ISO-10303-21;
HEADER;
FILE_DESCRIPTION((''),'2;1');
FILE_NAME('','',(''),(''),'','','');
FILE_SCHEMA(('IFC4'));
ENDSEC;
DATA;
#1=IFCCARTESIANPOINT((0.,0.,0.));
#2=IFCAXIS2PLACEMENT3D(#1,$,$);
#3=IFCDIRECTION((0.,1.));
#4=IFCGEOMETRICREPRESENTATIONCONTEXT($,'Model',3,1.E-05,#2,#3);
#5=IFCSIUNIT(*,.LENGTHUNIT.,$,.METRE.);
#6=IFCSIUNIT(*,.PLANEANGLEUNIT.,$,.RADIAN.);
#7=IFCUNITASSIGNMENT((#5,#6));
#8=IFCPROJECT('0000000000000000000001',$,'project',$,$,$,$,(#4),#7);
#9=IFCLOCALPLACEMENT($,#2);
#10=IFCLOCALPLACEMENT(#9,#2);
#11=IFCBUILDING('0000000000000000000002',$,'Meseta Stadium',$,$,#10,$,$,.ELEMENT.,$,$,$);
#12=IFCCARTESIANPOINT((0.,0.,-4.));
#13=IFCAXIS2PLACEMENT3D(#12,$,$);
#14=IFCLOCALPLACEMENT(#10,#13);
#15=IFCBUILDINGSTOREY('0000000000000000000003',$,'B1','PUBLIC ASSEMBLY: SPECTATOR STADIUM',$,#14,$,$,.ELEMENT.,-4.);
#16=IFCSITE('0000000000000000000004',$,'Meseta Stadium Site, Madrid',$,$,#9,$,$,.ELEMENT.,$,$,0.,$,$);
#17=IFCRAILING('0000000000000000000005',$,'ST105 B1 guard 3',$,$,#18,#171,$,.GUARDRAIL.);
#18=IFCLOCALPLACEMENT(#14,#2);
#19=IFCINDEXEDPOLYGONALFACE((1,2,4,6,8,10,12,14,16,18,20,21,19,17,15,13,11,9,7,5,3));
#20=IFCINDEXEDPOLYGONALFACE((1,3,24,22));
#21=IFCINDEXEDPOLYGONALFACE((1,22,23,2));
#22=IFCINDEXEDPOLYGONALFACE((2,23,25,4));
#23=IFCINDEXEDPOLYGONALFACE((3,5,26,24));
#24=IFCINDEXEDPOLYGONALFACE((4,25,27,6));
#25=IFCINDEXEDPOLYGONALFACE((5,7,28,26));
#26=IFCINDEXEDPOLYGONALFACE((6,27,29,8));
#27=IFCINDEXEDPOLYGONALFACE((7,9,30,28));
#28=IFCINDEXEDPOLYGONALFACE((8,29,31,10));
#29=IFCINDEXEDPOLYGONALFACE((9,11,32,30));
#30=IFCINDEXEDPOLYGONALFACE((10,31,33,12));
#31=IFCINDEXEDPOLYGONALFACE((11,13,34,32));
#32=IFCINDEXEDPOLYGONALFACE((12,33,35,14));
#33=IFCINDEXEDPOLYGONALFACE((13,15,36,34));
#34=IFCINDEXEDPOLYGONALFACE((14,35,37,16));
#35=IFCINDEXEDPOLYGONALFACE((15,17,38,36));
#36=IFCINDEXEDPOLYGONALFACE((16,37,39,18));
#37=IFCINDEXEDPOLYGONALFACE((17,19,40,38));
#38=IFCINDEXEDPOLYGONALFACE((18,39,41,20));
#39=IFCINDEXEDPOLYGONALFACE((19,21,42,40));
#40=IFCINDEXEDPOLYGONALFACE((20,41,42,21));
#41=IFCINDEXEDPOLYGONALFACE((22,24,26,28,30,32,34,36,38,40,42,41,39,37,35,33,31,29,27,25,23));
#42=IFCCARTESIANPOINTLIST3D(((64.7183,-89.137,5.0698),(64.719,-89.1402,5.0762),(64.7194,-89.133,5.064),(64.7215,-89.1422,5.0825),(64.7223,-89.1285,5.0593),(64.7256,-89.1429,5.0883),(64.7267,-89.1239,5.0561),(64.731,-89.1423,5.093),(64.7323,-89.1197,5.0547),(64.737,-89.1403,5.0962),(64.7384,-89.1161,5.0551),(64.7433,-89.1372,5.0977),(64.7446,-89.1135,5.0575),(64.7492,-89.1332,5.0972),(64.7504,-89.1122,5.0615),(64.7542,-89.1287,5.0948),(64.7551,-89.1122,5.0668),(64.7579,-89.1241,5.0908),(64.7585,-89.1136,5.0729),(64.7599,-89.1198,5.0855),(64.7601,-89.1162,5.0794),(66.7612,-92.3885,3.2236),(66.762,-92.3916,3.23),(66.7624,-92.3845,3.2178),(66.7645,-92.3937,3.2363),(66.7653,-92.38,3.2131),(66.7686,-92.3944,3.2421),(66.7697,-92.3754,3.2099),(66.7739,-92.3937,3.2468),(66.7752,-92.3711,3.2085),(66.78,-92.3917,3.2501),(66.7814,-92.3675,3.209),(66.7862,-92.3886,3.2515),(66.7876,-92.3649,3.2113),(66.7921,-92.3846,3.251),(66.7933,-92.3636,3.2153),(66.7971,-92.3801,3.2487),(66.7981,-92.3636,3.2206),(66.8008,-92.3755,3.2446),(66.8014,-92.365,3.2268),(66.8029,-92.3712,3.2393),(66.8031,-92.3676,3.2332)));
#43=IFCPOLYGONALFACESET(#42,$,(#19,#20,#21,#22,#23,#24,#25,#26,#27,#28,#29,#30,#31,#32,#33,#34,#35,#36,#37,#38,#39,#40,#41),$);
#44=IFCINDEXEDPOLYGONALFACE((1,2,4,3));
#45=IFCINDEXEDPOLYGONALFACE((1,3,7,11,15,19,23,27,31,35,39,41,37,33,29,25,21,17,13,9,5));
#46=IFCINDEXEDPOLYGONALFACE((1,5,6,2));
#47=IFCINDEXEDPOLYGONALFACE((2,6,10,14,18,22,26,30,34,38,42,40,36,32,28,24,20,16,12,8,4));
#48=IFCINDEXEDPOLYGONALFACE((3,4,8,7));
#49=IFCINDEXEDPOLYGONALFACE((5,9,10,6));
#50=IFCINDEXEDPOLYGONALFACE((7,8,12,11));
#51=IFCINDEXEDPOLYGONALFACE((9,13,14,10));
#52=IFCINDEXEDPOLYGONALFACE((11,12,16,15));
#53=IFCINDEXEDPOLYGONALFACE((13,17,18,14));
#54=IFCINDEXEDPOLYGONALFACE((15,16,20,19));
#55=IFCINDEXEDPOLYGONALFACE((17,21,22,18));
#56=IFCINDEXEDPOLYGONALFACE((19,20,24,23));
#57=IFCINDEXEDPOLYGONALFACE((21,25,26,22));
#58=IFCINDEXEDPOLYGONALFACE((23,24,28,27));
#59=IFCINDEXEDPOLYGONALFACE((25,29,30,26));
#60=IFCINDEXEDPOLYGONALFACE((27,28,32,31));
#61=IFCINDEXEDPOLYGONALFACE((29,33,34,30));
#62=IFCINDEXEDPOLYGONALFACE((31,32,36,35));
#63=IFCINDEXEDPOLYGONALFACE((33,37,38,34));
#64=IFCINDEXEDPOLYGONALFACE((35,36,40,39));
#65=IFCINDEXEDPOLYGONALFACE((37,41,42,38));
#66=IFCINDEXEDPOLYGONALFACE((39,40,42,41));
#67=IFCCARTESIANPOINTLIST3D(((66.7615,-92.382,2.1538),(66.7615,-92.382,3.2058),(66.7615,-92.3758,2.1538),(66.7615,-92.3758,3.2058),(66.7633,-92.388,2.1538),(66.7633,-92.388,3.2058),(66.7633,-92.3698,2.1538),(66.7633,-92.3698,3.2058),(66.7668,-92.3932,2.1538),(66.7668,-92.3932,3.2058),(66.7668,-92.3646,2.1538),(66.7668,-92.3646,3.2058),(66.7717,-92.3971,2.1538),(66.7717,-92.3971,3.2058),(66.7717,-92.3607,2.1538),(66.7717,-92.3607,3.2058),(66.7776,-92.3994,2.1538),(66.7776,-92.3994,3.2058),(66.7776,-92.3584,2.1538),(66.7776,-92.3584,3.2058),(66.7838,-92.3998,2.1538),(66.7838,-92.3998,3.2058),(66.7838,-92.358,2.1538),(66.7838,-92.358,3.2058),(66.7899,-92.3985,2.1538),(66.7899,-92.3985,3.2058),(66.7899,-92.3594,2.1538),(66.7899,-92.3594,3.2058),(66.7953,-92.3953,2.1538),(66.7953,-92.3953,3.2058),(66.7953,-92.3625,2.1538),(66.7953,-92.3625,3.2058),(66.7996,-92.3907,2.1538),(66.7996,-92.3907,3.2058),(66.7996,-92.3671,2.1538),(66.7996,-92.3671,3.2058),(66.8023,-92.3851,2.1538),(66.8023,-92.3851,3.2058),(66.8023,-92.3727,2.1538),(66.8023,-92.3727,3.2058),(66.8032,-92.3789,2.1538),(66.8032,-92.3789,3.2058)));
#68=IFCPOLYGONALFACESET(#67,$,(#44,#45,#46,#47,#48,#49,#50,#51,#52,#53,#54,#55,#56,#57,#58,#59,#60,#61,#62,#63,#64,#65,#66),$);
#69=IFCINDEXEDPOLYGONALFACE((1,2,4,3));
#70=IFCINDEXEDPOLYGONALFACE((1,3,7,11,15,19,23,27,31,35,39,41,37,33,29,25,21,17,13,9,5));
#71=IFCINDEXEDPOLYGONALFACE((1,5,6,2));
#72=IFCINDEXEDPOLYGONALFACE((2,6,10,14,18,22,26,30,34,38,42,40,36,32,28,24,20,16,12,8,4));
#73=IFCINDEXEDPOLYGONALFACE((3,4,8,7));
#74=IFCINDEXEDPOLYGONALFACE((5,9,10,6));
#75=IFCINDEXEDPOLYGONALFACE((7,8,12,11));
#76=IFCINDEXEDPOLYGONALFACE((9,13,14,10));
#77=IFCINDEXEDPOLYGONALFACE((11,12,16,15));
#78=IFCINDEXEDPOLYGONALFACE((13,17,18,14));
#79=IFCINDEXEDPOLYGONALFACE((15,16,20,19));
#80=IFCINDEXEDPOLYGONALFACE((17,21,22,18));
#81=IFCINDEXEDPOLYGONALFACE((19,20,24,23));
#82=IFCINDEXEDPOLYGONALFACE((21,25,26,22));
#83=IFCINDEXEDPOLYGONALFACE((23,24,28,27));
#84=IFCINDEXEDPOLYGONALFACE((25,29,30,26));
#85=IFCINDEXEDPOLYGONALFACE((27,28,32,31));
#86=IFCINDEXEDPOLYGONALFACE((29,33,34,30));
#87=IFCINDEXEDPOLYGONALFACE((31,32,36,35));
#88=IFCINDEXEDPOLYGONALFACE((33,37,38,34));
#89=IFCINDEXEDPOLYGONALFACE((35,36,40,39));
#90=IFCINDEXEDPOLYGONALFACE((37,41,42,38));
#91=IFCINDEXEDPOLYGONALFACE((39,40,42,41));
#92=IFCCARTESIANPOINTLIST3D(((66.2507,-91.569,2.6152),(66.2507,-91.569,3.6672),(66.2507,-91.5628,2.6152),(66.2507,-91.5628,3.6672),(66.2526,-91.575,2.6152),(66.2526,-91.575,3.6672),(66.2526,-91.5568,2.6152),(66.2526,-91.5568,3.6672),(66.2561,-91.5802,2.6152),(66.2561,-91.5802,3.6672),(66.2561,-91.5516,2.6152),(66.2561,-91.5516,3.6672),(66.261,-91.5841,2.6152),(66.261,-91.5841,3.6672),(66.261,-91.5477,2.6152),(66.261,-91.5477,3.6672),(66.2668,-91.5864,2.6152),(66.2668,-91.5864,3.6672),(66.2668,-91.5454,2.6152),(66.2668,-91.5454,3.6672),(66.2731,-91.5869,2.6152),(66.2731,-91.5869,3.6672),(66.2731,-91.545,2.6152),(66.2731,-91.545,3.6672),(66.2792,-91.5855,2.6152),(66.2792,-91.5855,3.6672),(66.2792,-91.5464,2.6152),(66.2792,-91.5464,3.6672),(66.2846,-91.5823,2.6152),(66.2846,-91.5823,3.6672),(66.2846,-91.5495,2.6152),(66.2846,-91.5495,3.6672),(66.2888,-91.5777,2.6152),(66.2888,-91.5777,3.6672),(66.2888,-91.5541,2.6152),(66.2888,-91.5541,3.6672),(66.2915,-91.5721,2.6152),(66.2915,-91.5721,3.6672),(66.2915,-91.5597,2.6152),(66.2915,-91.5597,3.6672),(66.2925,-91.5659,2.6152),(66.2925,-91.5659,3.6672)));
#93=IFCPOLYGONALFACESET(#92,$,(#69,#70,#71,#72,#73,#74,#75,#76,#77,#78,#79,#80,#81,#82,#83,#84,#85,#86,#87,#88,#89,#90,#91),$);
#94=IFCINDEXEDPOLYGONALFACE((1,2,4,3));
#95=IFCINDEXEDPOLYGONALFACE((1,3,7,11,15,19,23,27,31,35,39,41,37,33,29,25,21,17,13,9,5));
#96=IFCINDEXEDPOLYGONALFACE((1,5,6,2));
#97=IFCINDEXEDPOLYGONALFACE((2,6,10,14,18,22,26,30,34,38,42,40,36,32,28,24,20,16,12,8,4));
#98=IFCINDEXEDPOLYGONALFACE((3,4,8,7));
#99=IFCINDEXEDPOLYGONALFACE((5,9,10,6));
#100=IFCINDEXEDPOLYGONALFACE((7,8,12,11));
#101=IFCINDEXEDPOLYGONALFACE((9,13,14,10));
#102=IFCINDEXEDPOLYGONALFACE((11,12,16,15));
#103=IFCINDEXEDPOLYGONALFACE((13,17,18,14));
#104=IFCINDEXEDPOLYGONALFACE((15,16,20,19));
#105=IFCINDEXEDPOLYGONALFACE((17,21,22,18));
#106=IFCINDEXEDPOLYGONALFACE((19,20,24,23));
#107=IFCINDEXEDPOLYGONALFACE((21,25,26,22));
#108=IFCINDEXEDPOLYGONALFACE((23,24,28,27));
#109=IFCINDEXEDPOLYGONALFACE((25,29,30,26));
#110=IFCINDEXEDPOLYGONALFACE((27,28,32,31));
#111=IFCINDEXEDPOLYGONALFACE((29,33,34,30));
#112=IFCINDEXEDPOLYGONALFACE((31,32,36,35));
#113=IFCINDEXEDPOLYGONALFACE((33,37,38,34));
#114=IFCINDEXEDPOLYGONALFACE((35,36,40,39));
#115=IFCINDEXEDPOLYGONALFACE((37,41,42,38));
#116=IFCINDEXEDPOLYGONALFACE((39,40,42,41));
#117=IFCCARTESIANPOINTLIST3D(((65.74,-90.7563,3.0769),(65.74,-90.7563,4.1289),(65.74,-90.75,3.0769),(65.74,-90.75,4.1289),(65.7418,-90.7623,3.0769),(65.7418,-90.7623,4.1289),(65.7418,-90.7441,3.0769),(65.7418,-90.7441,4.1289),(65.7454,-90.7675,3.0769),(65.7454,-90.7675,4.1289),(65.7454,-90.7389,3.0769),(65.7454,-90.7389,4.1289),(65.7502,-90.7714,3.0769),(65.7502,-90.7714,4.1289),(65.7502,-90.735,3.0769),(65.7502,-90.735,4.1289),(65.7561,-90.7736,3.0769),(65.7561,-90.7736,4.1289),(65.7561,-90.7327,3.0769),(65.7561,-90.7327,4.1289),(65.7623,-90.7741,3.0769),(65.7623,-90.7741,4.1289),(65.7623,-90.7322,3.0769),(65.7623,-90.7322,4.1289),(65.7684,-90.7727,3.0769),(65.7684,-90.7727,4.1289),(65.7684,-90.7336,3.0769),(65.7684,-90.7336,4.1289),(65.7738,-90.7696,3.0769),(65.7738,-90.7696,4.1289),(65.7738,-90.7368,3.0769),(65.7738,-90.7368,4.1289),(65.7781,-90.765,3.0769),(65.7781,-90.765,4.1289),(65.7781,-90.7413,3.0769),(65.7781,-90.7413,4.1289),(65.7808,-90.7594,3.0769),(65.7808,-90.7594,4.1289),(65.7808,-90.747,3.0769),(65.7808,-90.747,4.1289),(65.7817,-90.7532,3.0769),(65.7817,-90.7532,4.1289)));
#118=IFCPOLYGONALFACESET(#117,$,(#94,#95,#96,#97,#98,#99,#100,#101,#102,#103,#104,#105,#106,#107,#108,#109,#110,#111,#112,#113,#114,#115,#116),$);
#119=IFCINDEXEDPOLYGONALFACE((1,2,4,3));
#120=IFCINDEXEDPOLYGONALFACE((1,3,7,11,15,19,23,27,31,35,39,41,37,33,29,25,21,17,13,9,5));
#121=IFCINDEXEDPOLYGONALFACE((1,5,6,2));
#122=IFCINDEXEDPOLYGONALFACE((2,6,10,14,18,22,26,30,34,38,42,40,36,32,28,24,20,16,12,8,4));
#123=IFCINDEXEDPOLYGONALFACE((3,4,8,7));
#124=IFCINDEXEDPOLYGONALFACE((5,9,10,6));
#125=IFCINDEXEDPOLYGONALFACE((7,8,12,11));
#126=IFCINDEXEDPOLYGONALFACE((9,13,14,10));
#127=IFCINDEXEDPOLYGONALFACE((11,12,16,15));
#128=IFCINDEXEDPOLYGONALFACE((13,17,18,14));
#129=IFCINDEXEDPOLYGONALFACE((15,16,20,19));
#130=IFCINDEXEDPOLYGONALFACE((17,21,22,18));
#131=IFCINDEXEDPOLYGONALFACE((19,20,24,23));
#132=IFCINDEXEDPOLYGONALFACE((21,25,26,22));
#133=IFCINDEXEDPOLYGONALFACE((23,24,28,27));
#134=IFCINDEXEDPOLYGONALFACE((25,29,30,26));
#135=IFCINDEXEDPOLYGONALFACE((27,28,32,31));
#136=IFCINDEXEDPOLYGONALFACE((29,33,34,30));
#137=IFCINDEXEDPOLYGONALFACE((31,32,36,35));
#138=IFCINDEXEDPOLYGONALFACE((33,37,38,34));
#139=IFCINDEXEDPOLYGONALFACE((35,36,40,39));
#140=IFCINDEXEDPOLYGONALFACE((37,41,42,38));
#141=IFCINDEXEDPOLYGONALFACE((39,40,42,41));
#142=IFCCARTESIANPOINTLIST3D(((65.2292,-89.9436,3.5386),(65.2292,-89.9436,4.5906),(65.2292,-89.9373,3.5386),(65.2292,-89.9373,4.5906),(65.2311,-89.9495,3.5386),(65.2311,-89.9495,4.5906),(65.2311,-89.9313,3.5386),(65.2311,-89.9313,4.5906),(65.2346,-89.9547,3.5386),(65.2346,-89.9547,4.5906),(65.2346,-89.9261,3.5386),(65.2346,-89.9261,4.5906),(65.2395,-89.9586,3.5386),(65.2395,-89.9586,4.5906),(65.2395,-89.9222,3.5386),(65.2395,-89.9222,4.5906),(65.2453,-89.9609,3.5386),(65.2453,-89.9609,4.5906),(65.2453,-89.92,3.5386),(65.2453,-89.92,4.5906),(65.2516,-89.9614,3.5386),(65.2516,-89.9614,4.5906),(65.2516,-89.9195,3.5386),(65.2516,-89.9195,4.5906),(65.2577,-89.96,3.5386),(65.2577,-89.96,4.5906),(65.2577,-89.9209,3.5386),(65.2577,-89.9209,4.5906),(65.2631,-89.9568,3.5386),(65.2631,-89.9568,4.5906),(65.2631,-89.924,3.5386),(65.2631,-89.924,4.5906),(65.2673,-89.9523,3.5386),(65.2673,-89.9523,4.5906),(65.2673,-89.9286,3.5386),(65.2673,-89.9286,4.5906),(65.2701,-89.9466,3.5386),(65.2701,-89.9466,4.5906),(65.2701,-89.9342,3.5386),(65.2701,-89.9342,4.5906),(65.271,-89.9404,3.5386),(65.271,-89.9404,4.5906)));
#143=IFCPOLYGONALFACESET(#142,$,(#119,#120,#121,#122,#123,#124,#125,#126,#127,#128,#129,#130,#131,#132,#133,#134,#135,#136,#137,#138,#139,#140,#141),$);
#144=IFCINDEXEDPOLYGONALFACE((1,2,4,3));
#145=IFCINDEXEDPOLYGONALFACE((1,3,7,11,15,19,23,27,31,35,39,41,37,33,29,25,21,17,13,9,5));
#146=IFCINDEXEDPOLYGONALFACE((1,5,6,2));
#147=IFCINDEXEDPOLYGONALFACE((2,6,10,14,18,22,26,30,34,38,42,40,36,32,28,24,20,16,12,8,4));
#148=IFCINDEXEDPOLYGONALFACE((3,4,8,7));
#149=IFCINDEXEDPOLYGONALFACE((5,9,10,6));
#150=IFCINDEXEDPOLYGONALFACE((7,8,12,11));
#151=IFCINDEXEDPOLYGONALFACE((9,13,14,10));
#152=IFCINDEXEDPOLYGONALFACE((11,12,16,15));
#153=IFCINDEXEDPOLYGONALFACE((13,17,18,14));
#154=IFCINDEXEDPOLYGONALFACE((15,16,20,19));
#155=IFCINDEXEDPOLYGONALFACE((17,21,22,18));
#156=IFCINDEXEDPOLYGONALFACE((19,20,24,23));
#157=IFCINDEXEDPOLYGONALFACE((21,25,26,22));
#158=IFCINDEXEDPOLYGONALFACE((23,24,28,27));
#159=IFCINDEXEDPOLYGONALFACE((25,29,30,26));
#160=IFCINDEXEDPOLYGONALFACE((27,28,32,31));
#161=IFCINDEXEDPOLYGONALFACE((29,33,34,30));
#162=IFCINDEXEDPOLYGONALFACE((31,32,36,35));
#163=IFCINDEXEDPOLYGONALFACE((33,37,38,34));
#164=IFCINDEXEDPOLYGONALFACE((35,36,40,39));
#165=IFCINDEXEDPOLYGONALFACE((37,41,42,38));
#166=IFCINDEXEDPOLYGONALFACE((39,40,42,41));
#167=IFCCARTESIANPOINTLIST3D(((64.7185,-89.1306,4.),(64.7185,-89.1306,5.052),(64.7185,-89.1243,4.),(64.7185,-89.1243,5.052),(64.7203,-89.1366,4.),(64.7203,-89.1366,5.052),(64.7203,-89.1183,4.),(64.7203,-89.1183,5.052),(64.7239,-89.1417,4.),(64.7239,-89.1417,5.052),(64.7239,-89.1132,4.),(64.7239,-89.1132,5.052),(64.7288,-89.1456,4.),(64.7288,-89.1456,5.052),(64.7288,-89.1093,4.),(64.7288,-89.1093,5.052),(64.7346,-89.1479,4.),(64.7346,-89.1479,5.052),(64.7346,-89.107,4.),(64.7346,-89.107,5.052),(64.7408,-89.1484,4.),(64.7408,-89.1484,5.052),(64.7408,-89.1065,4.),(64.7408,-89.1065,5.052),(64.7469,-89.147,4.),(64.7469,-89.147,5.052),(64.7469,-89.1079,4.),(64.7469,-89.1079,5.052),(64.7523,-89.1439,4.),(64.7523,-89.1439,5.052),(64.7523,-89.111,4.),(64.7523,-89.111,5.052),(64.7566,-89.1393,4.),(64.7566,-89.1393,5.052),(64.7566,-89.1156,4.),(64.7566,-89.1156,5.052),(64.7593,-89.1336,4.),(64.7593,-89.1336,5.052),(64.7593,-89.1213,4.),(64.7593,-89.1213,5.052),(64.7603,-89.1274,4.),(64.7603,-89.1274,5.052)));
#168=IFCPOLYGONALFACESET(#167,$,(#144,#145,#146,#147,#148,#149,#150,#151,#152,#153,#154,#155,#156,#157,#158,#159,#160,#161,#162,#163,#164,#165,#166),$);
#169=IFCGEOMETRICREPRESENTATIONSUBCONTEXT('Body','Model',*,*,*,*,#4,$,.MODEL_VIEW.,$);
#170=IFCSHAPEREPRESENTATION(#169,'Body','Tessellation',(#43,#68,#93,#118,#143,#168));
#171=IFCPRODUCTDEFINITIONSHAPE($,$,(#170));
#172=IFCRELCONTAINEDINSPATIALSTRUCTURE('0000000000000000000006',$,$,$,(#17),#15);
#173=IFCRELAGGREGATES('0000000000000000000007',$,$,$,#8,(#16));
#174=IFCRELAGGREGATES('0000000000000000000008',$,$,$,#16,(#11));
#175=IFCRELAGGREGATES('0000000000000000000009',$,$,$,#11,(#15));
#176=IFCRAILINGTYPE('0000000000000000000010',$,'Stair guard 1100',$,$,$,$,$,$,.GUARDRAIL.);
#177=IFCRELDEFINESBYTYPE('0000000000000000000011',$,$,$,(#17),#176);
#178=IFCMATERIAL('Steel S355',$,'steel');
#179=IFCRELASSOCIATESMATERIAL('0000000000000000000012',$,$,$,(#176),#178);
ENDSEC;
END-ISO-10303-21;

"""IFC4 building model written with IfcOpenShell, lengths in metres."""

from ifc_helpers import new_model, si_unit, direction, frame, origin, origin_2d, place, context, subcontext, project, spatial, circle, extrude, material, type_object, element, save


model = new_model("IFC4")

# Units and contexts
model_context = context("Model", 3, precision=1e-05, world=origin(), true_north=direction((0.0, 1.0)))
body_context = subcontext(model_context, "Body", "Model", "MODEL_VIEW")
ifc_project = project(units=[si_unit("LENGTHUNIT", "METRE"), si_unit("PLANEANGLEUNIT", "RADIAN")], contexts=[model_context])

# Site, building, storey
site_placement = place(None, origin())
site = spatial("IfcSite", under=ifc_project, at=site_placement, Name="Meseta Stadium Site, Madrid", CompositionType="ELEMENT", RefElevation=0.0)
building_placement = place(site_placement, origin())
building = spatial("IfcBuilding", under=site, at=building_placement, Name="Meseta Stadium", CompositionType="ELEMENT")
storey_placement = place(building_placement, frame((0.0, 0.0, -4.0)))
storey = spatial("IfcBuildingStorey", under=building, at=storey_placement, Name="B1", Description="PUBLIC ASSEMBLY: SPECTATOR STADIUM", CompositionType="ELEMENT", Elevation=-4.0)

# Railing
ifc_material_1 = material(Name="Steel S355", Category="steel")
railing_type_1 = type_object("IfcRailingType", Name="Stair guard 1100", PredefinedType="GUARDRAIL", material=ifc_material_1)
railing_1_placement = place(storey_placement, frame((66.7822, -92.3789, 2.1538)))
element("IfcRailing", 1, at=railing_1_placement, inside=storey, type_object=railing_type_1, Name="ST105 B1 guard 3", PredefinedType="GUARDRAIL", context=body_context, shape_type="SweptSolid", body=[
    extrude(circle(Radius=0.0239, at=origin_2d()), frame((0.0, 0.0, 1.0762), z_axis=(-0.479483, 0.763117, 0.4333), x_axis=(-0.846731, -0.53202, 0.0)), (0.0, 0.0, 1.0), 4.2607),
    extrude(circle(Radius=0.021, at=origin_2d()), origin(), (0.0, 0.0, 1.0), 1.052),
    extrude(circle(Radius=0.021, at=origin_2d()), frame((-0.5107, 0.813, 0.4614)), (0.0, 0.0, 1.0), 1.052),
    extrude(circle(Radius=0.021, at=origin_2d()), frame((-1.0215, 1.6257, 0.9231)), (0.0, 0.0, 1.0), 1.052),
    extrude(circle(Radius=0.021, at=origin_2d()), frame((-1.5322, 2.4385, 1.3848)), (0.0, 0.0, 1.0), 1.052),
    extrude(circle(Radius=0.021, at=origin_2d()), frame((-2.043, 3.2515, 1.8462)), (0.0, 0.0, 1.0), 1.052),
])

save(model, "model.ifc")
